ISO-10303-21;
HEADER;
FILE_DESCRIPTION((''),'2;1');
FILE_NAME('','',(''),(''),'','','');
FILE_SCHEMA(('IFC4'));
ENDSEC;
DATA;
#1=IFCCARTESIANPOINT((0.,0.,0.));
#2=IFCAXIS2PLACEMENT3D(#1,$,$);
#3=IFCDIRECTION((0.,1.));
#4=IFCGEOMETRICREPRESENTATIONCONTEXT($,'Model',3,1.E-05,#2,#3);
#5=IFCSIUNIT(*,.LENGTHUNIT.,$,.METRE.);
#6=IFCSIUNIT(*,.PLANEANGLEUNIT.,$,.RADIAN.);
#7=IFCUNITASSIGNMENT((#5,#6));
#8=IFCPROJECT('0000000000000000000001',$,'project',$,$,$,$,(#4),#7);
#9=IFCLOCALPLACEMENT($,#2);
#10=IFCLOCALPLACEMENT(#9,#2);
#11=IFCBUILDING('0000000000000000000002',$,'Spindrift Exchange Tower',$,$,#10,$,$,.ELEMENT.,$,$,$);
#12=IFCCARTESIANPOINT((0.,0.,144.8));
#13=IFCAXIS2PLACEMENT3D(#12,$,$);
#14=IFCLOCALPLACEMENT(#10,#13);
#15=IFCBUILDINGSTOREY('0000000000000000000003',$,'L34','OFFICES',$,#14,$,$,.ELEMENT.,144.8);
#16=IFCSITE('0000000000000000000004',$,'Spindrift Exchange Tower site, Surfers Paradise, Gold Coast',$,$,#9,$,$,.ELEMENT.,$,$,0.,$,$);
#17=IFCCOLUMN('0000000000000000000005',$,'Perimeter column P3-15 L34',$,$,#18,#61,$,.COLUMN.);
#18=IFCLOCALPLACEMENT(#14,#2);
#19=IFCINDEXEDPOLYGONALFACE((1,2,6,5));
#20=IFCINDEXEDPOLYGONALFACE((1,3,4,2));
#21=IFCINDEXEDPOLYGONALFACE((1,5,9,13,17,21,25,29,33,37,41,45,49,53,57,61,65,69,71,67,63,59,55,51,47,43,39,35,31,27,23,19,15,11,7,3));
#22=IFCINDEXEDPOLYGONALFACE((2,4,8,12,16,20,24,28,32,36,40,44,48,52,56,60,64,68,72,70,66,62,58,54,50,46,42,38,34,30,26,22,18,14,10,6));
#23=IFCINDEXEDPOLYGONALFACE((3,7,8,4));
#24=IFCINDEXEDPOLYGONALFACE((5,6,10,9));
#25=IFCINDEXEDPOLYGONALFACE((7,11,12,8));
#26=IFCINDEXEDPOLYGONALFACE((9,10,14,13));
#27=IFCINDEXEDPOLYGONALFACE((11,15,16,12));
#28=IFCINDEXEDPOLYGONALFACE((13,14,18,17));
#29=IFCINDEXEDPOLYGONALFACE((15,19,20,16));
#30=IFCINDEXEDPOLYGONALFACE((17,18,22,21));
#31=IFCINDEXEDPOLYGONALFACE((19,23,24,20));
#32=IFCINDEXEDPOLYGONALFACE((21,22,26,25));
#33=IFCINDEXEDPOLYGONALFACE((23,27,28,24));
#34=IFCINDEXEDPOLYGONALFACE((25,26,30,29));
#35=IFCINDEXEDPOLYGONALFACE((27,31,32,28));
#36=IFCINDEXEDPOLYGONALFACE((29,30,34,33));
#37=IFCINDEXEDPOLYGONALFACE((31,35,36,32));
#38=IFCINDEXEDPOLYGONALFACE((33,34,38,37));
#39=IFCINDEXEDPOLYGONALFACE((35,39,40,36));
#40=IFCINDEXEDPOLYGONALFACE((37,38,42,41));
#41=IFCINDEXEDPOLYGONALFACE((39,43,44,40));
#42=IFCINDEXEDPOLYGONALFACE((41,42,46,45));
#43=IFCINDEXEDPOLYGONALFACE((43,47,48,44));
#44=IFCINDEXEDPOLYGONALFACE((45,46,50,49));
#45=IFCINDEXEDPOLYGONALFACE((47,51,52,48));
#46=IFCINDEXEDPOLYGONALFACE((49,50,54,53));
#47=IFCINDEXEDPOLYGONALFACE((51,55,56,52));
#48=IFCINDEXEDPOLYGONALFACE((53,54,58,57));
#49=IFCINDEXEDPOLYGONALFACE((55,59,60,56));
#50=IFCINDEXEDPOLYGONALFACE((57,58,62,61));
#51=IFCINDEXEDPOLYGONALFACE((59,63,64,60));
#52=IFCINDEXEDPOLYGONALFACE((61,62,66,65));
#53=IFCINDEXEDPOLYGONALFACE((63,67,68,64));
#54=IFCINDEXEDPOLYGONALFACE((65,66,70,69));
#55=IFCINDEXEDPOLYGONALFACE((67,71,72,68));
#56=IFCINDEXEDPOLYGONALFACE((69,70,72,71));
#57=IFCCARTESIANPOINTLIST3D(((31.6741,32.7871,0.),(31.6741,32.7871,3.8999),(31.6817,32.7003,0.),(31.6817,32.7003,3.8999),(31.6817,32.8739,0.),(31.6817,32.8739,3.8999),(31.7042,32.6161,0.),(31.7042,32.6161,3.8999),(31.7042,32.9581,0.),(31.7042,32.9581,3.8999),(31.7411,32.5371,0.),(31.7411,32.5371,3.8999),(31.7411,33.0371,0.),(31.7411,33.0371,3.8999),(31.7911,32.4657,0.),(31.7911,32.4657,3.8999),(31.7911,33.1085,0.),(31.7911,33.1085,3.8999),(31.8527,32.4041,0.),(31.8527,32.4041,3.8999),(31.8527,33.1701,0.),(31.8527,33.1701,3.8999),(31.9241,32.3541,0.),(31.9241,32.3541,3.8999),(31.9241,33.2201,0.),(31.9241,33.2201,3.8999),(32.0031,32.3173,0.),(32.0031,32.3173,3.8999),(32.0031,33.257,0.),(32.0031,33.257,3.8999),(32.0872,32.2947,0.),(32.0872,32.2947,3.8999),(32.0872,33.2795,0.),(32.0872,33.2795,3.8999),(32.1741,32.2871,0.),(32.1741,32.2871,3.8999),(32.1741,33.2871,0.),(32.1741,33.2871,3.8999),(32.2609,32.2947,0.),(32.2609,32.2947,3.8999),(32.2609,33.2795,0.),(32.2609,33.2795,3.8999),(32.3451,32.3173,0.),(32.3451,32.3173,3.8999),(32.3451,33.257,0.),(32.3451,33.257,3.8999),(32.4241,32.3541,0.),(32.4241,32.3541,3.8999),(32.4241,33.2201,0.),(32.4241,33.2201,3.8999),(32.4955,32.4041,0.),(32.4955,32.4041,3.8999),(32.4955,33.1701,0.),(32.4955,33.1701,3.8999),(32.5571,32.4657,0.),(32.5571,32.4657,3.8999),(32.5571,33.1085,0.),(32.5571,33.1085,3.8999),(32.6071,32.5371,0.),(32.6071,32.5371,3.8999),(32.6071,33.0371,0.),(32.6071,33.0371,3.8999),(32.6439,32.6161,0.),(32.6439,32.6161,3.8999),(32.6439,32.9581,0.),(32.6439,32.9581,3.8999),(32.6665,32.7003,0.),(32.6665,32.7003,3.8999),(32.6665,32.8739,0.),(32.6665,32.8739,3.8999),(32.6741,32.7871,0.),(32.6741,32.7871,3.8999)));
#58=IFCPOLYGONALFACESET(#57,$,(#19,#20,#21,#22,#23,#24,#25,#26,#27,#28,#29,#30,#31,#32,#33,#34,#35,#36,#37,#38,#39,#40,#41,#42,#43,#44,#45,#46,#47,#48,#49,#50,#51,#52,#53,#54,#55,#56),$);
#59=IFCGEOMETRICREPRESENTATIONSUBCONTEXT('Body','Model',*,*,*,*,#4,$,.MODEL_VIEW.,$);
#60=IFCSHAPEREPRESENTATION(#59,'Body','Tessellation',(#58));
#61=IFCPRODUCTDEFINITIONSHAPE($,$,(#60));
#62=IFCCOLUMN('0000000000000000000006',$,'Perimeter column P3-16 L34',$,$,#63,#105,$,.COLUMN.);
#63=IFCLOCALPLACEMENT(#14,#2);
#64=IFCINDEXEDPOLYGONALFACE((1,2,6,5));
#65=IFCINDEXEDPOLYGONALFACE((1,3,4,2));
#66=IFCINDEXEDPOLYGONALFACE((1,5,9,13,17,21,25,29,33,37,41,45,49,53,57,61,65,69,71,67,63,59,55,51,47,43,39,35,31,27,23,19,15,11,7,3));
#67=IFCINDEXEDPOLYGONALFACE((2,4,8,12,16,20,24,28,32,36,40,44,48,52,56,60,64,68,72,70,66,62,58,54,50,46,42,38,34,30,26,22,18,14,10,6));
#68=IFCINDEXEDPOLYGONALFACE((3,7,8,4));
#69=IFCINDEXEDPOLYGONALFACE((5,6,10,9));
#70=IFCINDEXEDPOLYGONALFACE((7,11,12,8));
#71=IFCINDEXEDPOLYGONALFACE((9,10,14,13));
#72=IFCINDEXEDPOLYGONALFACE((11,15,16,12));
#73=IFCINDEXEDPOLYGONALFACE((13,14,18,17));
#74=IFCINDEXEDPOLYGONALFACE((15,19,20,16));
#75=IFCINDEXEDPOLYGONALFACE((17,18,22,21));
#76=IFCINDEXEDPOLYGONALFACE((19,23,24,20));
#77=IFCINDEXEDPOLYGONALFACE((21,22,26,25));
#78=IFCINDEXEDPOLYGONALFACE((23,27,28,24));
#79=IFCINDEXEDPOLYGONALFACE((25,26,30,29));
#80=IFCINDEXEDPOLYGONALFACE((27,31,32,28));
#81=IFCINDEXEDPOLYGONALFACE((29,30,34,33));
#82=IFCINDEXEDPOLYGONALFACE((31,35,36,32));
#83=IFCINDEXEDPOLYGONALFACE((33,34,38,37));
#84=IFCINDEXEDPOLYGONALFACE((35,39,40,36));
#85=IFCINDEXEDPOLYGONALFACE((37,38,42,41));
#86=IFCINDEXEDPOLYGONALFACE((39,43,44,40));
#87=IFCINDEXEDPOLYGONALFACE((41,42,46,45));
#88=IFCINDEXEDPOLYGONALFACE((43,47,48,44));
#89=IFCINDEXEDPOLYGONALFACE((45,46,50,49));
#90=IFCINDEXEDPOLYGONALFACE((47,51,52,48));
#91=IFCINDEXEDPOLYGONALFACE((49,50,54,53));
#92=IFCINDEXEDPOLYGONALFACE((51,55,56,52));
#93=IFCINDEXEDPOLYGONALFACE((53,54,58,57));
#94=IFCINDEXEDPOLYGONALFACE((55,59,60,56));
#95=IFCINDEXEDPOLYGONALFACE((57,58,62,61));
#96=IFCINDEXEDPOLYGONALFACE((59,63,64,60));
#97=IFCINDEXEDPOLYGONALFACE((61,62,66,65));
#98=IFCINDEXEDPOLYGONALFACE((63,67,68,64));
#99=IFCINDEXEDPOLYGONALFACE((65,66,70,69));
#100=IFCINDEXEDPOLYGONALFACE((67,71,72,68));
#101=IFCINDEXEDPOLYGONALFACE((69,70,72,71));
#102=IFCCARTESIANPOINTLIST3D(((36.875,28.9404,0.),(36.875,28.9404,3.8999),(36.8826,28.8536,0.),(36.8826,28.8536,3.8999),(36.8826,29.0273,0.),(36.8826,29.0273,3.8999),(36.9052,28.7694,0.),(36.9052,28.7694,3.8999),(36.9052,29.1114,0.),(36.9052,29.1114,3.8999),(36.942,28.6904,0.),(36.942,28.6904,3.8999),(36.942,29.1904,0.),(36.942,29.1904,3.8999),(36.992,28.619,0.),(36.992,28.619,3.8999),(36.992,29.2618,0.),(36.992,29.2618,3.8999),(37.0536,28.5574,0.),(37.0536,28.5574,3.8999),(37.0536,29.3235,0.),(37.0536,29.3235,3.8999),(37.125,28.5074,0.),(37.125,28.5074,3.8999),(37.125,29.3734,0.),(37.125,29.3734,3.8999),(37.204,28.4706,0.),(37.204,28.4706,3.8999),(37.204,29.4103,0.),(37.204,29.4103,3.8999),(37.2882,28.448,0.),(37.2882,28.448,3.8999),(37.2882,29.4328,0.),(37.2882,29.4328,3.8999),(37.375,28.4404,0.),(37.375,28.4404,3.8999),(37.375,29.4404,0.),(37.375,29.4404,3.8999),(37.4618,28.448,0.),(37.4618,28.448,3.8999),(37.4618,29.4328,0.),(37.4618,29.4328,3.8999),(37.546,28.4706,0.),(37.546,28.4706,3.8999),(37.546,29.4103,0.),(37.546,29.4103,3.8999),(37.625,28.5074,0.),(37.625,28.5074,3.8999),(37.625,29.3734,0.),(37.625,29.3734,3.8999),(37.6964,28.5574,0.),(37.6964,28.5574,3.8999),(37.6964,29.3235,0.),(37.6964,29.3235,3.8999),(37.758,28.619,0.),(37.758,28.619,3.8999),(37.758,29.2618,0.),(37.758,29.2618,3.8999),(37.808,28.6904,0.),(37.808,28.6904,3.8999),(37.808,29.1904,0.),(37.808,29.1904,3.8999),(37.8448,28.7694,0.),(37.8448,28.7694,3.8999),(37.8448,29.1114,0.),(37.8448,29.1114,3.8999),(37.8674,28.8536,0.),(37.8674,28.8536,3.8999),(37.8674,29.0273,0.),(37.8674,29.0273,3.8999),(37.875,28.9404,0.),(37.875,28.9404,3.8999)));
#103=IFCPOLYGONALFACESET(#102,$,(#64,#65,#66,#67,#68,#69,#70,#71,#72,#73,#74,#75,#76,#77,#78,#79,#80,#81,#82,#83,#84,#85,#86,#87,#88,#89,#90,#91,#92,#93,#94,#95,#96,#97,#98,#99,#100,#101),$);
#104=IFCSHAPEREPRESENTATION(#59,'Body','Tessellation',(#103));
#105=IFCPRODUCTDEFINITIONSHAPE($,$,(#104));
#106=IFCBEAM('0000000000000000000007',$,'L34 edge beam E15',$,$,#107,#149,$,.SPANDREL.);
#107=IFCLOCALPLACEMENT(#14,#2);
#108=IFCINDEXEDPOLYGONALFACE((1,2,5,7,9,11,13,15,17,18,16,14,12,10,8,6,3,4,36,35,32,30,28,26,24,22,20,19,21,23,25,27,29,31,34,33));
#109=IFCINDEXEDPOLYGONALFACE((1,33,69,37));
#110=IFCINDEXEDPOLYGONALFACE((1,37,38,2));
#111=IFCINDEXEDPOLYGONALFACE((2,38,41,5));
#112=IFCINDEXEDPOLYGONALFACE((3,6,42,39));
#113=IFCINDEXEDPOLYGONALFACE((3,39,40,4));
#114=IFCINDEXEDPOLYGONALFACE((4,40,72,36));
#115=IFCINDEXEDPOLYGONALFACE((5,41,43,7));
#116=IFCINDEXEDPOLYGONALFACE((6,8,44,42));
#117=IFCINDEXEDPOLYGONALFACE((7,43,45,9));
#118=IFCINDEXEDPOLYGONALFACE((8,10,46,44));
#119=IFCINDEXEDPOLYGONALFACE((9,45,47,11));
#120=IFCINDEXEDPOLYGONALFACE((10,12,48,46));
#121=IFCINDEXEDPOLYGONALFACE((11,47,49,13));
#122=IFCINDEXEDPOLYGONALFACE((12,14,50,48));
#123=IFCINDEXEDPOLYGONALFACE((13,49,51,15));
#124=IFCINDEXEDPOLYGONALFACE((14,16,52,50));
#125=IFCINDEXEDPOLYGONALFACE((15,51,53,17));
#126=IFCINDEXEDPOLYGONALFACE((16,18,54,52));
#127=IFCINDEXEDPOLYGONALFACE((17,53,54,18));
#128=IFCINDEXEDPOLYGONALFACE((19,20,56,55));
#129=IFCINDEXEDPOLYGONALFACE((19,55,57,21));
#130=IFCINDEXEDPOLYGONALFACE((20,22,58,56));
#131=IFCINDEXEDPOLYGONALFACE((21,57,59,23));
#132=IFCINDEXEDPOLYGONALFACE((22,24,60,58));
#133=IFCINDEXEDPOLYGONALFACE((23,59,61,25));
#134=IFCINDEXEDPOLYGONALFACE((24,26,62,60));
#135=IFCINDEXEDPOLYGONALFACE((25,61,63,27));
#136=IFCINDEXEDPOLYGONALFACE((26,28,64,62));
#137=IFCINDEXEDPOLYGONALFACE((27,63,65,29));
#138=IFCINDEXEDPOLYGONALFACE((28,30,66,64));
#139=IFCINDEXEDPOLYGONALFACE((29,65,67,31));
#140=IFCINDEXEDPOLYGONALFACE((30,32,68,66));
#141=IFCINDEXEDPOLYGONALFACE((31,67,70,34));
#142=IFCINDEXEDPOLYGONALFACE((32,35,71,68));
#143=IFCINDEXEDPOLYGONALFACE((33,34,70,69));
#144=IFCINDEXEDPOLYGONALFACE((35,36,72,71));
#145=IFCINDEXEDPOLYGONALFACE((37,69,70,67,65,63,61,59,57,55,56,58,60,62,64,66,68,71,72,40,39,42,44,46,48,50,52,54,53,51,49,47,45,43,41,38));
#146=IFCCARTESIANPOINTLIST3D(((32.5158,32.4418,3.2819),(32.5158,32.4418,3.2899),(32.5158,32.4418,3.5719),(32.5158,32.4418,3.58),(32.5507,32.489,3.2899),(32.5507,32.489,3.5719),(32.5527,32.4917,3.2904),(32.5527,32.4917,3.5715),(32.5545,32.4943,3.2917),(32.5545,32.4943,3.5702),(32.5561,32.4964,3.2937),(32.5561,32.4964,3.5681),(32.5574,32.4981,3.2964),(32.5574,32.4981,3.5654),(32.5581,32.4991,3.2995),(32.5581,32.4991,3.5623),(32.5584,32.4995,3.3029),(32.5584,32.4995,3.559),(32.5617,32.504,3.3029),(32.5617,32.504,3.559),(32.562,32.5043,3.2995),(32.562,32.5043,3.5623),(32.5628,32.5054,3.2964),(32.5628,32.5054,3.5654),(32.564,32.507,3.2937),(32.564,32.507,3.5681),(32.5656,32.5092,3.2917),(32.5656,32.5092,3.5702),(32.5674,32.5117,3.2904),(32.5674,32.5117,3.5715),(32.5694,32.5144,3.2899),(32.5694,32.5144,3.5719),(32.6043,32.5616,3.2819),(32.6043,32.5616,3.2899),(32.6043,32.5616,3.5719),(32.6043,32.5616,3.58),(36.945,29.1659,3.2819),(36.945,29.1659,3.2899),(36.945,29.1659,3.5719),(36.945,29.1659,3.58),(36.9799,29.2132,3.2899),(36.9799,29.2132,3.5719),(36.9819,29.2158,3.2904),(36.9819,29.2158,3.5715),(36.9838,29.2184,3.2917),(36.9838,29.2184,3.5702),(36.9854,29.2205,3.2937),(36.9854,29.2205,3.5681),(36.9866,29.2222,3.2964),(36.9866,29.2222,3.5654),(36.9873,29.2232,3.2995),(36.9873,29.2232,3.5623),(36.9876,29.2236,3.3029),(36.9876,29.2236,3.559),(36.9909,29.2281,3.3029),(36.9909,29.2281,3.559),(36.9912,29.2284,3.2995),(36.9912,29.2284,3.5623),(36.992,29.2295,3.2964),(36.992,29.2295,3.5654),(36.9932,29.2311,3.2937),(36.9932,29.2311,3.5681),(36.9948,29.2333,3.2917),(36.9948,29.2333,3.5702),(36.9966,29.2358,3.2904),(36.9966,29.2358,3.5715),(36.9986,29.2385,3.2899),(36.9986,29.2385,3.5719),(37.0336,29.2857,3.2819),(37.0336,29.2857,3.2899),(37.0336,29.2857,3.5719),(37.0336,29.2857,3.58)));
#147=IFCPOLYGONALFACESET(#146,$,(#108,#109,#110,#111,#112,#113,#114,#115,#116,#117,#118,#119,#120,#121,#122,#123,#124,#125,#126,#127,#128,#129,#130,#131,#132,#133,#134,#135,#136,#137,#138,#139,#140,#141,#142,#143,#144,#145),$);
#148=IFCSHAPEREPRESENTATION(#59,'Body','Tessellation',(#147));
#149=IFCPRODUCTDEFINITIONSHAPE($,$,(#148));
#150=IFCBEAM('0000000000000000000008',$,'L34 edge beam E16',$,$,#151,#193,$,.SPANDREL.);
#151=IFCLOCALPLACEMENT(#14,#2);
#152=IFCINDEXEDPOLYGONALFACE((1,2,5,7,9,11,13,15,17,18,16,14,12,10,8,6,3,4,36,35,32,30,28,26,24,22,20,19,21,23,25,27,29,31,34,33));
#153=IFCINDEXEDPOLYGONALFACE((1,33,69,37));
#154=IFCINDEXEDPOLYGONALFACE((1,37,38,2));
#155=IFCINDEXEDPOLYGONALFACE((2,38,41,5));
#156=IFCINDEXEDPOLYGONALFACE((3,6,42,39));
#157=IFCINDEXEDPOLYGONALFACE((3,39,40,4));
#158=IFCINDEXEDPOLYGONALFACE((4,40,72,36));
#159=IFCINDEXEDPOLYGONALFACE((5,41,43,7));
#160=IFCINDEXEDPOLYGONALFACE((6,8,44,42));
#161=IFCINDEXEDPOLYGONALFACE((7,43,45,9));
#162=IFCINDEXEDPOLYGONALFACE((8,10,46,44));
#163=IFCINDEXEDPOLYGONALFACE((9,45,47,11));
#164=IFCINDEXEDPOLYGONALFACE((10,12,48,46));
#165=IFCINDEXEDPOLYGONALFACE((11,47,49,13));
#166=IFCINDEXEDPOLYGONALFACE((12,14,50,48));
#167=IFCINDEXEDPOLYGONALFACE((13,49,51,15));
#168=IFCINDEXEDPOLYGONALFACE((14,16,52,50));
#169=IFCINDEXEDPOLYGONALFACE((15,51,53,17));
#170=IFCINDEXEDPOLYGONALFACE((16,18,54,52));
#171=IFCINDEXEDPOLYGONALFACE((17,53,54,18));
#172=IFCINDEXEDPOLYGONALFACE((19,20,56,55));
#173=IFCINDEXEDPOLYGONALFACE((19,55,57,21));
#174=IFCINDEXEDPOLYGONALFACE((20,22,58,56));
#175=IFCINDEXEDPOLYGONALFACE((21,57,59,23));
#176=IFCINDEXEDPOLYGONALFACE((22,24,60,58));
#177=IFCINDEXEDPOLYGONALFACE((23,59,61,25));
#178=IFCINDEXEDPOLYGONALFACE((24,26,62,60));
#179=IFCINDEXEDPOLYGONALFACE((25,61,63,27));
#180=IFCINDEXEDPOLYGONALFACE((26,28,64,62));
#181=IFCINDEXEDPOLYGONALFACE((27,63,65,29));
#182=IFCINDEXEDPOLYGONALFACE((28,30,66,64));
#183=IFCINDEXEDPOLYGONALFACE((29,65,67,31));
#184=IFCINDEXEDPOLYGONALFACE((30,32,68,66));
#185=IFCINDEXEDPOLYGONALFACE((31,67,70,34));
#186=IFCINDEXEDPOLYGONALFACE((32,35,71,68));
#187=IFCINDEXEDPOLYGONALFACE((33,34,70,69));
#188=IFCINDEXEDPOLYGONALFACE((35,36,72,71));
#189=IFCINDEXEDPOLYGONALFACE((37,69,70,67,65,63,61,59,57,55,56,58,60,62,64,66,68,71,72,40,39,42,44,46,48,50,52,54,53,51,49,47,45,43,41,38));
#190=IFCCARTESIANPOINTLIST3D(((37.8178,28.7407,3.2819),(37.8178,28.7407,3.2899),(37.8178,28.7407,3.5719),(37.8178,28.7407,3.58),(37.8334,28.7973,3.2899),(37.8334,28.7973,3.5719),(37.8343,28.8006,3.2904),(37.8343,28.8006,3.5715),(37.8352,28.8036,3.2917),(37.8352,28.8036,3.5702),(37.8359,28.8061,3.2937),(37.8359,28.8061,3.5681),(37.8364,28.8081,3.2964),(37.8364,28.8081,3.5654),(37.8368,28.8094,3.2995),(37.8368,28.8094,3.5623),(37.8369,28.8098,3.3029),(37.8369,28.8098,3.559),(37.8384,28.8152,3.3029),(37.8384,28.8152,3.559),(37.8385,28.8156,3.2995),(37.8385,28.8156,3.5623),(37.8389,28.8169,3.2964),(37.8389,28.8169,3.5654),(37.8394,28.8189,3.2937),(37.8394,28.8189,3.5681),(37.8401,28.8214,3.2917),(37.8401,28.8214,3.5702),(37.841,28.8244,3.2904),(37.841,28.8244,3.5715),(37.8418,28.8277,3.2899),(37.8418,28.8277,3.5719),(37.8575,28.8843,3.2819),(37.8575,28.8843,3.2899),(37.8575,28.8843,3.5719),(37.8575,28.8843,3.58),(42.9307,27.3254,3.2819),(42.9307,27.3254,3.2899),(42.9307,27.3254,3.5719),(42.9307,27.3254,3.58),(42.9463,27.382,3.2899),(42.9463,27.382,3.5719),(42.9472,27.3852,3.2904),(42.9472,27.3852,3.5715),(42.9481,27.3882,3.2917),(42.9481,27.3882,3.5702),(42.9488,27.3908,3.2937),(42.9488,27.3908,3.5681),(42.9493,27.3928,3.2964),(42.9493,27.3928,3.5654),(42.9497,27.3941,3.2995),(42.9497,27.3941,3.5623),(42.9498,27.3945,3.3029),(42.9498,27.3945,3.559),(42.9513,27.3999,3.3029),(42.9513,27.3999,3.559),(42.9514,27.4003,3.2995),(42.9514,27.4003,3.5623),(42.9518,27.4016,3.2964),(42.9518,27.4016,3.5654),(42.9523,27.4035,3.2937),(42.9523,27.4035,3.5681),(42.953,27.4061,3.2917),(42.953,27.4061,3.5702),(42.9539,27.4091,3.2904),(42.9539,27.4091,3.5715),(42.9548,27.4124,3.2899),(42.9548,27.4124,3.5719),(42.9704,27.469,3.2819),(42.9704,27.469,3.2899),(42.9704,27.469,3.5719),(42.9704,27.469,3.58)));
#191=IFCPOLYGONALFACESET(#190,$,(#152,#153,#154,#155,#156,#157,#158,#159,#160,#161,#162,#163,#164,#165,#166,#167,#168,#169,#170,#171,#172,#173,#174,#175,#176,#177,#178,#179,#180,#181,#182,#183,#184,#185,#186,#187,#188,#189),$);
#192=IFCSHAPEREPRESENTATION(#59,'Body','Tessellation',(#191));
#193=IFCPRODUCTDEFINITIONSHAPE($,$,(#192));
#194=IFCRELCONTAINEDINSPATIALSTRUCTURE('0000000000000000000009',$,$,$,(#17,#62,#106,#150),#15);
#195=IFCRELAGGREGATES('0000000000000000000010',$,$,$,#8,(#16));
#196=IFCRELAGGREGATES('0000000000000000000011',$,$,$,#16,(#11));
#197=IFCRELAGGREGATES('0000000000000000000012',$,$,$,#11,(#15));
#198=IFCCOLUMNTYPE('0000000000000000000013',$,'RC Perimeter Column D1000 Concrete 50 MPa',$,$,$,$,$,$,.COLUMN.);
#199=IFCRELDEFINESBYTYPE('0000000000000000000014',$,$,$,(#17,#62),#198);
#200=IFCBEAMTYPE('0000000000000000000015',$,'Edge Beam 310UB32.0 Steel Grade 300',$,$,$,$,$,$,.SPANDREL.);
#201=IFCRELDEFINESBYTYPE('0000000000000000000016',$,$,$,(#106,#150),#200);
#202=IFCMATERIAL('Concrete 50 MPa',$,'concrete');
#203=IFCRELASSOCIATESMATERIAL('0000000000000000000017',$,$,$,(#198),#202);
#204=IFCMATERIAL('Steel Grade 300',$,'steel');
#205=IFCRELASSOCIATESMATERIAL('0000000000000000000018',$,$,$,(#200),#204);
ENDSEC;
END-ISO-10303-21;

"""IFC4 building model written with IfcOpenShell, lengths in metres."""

from ifc_helpers import new_model, si_unit, direction, frame, origin, origin_2d, place, context, subcontext, project, spatial, circle, i_section, extrude, source, transform, mapped, material, material_profile, profile_set, type_object, element, save


model = new_model("IFC4")

# Units and contexts
model_context = context("Model", 3, precision=1e-05, world=origin(), true_north=direction((0.0, 1.0)))
body_context = subcontext(model_context, "Body", "Model", "MODEL_VIEW")
ifc_project = project(units=[si_unit("LENGTHUNIT", "METRE"), si_unit("PLANEANGLEUNIT", "RADIAN")], contexts=[model_context])

# Site, building, storey
site_placement = place(None, origin())
site = spatial("IfcSite", under=ifc_project, at=site_placement, Name="Spindrift Exchange Tower site, Surfers Paradise, Gold Coast", CompositionType="ELEMENT", RefElevation=0.0)
building_placement = place(site_placement, origin())
building = spatial("IfcBuilding", under=site, at=building_placement, Name="Spindrift Exchange Tower", CompositionType="ELEMENT")
storey_placement = place(building_placement, frame((0.0, 0.0, 144.8)))
storey = spatial("IfcBuildingStorey", under=building, at=storey_placement, Name="L34", Description="OFFICES", CompositionType="ELEMENT", Elevation=144.8)

# Columns
ifc_material_1 = material(Name="Concrete 50 MPa", Category="concrete")
ifc_material_profile_1 = material_profile(ifc_material_1, circle(Radius=0.5, at=origin_2d()), Name="RC D1000")
ifc_profile_set_1 = profile_set([ifc_material_profile_1], Name="Concrete 50 MPa")
column_type = type_object("IfcColumnType", Name="RC Perimeter Column D1000 Concrete 50 MPa", PredefinedType="COLUMN", material=ifc_profile_set_1)
shared_shape_1 = source(origin(), body_context, "Body", "SweptSolid", [
    extrude(circle(Radius=0.5, at=origin_2d()), origin(), (0.0, 0.0, 1.0), 3.8999),
])
for number, where, z_axis, x_axis, name in (
    (1, (32.1741, 32.7871, 0.0), (0.0, 0.0, 1.0), (1.0, 0.0, 0.0), "Perimeter column P3-15 L34"),
    (2, (37.375, 28.9404, 0.0), (0.0, 0.0, 1.0), (1.0, 0.0, 0.0), "Perimeter column P3-16 L34"),
):
    element("IfcColumn", number, at=place(storey_placement, frame(where, z_axis=z_axis, x_axis=x_axis)), inside=storey, type_object=column_type, Name=name, PredefinedType="COLUMN", context=body_context, shape_type="MappedRepresentation", body=[
        mapped(shared_shape_1, transform((0.0, 0.0, 0.0), scale=1.0)),
    ])

# Beams
ifc_material_2 = material(Name="Steel Grade 300", Category="steel")
ifc_material_profile_2 = material_profile(ifc_material_2, i_section(OverallWidth=0.1489, OverallDepth=0.2981, WebThickness=0.0056, FlangeThickness=0.0081, FilletRadius=0.0129, at=origin_2d()), Name="310UB32.0")
ifc_profile_set_2 = profile_set([ifc_material_profile_2], Name="Steel Grade 300")
beam_type_1 = type_object("IfcBeamType", Name="Edge Beam 310UB32.0 Steel Grade 300", PredefinedType="SPANDREL", material=ifc_profile_set_2)
shared_shape_2 = source(origin(), body_context, "Body", "SweptSolid", [
    extrude(i_section(OverallWidth=0.1489, OverallDepth=0.2981, WebThickness=0.0056, FlangeThickness=0.0081, FilletRadius=0.0129, at=origin_2d()), origin(), (0.0, 0.0, 1.0), 5.509),
])
beam_1_placement = place(storey_placement, frame((32.5601, 32.5017, 3.4309), z_axis=(0.803992, -0.59464, 0.0), x_axis=(0.59464, 0.803992, 0.0)))
element("IfcBeam", 3, at=beam_1_placement, inside=storey, type_object=beam_type_1, Name="L34 edge beam E15", PredefinedType="SPANDREL", context=body_context, shape_type="MappedRepresentation", body=[
    mapped(shared_shape_2, transform((0.0, 0.0, 0.0), scale=1.0)),
])
shared_shape_3 = source(origin(), body_context, "Body", "SweptSolid", [
    extrude(i_section(OverallWidth=0.1489, OverallDepth=0.2981, WebThickness=0.0056, FlangeThickness=0.0081, FilletRadius=0.0129, at=origin_2d()), origin(), (0.0, 0.0, 1.0), 5.3052),
])
beam_2_placement = place(storey_placement, frame((37.8376, 28.8125, 3.4309), z_axis=(0.963758, -0.26678, 0.0), x_axis=(0.26678, 0.963758, 0.0)))
element("IfcBeam", 4, at=beam_2_placement, inside=storey, type_object=beam_type_1, Name="L34 edge beam E16", PredefinedType="SPANDREL", context=body_context, shape_type="MappedRepresentation", body=[
    mapped(shared_shape_3, transform((0.0, 0.0, 0.0), scale=1.0)),
])

save(model, "model.ifc")
